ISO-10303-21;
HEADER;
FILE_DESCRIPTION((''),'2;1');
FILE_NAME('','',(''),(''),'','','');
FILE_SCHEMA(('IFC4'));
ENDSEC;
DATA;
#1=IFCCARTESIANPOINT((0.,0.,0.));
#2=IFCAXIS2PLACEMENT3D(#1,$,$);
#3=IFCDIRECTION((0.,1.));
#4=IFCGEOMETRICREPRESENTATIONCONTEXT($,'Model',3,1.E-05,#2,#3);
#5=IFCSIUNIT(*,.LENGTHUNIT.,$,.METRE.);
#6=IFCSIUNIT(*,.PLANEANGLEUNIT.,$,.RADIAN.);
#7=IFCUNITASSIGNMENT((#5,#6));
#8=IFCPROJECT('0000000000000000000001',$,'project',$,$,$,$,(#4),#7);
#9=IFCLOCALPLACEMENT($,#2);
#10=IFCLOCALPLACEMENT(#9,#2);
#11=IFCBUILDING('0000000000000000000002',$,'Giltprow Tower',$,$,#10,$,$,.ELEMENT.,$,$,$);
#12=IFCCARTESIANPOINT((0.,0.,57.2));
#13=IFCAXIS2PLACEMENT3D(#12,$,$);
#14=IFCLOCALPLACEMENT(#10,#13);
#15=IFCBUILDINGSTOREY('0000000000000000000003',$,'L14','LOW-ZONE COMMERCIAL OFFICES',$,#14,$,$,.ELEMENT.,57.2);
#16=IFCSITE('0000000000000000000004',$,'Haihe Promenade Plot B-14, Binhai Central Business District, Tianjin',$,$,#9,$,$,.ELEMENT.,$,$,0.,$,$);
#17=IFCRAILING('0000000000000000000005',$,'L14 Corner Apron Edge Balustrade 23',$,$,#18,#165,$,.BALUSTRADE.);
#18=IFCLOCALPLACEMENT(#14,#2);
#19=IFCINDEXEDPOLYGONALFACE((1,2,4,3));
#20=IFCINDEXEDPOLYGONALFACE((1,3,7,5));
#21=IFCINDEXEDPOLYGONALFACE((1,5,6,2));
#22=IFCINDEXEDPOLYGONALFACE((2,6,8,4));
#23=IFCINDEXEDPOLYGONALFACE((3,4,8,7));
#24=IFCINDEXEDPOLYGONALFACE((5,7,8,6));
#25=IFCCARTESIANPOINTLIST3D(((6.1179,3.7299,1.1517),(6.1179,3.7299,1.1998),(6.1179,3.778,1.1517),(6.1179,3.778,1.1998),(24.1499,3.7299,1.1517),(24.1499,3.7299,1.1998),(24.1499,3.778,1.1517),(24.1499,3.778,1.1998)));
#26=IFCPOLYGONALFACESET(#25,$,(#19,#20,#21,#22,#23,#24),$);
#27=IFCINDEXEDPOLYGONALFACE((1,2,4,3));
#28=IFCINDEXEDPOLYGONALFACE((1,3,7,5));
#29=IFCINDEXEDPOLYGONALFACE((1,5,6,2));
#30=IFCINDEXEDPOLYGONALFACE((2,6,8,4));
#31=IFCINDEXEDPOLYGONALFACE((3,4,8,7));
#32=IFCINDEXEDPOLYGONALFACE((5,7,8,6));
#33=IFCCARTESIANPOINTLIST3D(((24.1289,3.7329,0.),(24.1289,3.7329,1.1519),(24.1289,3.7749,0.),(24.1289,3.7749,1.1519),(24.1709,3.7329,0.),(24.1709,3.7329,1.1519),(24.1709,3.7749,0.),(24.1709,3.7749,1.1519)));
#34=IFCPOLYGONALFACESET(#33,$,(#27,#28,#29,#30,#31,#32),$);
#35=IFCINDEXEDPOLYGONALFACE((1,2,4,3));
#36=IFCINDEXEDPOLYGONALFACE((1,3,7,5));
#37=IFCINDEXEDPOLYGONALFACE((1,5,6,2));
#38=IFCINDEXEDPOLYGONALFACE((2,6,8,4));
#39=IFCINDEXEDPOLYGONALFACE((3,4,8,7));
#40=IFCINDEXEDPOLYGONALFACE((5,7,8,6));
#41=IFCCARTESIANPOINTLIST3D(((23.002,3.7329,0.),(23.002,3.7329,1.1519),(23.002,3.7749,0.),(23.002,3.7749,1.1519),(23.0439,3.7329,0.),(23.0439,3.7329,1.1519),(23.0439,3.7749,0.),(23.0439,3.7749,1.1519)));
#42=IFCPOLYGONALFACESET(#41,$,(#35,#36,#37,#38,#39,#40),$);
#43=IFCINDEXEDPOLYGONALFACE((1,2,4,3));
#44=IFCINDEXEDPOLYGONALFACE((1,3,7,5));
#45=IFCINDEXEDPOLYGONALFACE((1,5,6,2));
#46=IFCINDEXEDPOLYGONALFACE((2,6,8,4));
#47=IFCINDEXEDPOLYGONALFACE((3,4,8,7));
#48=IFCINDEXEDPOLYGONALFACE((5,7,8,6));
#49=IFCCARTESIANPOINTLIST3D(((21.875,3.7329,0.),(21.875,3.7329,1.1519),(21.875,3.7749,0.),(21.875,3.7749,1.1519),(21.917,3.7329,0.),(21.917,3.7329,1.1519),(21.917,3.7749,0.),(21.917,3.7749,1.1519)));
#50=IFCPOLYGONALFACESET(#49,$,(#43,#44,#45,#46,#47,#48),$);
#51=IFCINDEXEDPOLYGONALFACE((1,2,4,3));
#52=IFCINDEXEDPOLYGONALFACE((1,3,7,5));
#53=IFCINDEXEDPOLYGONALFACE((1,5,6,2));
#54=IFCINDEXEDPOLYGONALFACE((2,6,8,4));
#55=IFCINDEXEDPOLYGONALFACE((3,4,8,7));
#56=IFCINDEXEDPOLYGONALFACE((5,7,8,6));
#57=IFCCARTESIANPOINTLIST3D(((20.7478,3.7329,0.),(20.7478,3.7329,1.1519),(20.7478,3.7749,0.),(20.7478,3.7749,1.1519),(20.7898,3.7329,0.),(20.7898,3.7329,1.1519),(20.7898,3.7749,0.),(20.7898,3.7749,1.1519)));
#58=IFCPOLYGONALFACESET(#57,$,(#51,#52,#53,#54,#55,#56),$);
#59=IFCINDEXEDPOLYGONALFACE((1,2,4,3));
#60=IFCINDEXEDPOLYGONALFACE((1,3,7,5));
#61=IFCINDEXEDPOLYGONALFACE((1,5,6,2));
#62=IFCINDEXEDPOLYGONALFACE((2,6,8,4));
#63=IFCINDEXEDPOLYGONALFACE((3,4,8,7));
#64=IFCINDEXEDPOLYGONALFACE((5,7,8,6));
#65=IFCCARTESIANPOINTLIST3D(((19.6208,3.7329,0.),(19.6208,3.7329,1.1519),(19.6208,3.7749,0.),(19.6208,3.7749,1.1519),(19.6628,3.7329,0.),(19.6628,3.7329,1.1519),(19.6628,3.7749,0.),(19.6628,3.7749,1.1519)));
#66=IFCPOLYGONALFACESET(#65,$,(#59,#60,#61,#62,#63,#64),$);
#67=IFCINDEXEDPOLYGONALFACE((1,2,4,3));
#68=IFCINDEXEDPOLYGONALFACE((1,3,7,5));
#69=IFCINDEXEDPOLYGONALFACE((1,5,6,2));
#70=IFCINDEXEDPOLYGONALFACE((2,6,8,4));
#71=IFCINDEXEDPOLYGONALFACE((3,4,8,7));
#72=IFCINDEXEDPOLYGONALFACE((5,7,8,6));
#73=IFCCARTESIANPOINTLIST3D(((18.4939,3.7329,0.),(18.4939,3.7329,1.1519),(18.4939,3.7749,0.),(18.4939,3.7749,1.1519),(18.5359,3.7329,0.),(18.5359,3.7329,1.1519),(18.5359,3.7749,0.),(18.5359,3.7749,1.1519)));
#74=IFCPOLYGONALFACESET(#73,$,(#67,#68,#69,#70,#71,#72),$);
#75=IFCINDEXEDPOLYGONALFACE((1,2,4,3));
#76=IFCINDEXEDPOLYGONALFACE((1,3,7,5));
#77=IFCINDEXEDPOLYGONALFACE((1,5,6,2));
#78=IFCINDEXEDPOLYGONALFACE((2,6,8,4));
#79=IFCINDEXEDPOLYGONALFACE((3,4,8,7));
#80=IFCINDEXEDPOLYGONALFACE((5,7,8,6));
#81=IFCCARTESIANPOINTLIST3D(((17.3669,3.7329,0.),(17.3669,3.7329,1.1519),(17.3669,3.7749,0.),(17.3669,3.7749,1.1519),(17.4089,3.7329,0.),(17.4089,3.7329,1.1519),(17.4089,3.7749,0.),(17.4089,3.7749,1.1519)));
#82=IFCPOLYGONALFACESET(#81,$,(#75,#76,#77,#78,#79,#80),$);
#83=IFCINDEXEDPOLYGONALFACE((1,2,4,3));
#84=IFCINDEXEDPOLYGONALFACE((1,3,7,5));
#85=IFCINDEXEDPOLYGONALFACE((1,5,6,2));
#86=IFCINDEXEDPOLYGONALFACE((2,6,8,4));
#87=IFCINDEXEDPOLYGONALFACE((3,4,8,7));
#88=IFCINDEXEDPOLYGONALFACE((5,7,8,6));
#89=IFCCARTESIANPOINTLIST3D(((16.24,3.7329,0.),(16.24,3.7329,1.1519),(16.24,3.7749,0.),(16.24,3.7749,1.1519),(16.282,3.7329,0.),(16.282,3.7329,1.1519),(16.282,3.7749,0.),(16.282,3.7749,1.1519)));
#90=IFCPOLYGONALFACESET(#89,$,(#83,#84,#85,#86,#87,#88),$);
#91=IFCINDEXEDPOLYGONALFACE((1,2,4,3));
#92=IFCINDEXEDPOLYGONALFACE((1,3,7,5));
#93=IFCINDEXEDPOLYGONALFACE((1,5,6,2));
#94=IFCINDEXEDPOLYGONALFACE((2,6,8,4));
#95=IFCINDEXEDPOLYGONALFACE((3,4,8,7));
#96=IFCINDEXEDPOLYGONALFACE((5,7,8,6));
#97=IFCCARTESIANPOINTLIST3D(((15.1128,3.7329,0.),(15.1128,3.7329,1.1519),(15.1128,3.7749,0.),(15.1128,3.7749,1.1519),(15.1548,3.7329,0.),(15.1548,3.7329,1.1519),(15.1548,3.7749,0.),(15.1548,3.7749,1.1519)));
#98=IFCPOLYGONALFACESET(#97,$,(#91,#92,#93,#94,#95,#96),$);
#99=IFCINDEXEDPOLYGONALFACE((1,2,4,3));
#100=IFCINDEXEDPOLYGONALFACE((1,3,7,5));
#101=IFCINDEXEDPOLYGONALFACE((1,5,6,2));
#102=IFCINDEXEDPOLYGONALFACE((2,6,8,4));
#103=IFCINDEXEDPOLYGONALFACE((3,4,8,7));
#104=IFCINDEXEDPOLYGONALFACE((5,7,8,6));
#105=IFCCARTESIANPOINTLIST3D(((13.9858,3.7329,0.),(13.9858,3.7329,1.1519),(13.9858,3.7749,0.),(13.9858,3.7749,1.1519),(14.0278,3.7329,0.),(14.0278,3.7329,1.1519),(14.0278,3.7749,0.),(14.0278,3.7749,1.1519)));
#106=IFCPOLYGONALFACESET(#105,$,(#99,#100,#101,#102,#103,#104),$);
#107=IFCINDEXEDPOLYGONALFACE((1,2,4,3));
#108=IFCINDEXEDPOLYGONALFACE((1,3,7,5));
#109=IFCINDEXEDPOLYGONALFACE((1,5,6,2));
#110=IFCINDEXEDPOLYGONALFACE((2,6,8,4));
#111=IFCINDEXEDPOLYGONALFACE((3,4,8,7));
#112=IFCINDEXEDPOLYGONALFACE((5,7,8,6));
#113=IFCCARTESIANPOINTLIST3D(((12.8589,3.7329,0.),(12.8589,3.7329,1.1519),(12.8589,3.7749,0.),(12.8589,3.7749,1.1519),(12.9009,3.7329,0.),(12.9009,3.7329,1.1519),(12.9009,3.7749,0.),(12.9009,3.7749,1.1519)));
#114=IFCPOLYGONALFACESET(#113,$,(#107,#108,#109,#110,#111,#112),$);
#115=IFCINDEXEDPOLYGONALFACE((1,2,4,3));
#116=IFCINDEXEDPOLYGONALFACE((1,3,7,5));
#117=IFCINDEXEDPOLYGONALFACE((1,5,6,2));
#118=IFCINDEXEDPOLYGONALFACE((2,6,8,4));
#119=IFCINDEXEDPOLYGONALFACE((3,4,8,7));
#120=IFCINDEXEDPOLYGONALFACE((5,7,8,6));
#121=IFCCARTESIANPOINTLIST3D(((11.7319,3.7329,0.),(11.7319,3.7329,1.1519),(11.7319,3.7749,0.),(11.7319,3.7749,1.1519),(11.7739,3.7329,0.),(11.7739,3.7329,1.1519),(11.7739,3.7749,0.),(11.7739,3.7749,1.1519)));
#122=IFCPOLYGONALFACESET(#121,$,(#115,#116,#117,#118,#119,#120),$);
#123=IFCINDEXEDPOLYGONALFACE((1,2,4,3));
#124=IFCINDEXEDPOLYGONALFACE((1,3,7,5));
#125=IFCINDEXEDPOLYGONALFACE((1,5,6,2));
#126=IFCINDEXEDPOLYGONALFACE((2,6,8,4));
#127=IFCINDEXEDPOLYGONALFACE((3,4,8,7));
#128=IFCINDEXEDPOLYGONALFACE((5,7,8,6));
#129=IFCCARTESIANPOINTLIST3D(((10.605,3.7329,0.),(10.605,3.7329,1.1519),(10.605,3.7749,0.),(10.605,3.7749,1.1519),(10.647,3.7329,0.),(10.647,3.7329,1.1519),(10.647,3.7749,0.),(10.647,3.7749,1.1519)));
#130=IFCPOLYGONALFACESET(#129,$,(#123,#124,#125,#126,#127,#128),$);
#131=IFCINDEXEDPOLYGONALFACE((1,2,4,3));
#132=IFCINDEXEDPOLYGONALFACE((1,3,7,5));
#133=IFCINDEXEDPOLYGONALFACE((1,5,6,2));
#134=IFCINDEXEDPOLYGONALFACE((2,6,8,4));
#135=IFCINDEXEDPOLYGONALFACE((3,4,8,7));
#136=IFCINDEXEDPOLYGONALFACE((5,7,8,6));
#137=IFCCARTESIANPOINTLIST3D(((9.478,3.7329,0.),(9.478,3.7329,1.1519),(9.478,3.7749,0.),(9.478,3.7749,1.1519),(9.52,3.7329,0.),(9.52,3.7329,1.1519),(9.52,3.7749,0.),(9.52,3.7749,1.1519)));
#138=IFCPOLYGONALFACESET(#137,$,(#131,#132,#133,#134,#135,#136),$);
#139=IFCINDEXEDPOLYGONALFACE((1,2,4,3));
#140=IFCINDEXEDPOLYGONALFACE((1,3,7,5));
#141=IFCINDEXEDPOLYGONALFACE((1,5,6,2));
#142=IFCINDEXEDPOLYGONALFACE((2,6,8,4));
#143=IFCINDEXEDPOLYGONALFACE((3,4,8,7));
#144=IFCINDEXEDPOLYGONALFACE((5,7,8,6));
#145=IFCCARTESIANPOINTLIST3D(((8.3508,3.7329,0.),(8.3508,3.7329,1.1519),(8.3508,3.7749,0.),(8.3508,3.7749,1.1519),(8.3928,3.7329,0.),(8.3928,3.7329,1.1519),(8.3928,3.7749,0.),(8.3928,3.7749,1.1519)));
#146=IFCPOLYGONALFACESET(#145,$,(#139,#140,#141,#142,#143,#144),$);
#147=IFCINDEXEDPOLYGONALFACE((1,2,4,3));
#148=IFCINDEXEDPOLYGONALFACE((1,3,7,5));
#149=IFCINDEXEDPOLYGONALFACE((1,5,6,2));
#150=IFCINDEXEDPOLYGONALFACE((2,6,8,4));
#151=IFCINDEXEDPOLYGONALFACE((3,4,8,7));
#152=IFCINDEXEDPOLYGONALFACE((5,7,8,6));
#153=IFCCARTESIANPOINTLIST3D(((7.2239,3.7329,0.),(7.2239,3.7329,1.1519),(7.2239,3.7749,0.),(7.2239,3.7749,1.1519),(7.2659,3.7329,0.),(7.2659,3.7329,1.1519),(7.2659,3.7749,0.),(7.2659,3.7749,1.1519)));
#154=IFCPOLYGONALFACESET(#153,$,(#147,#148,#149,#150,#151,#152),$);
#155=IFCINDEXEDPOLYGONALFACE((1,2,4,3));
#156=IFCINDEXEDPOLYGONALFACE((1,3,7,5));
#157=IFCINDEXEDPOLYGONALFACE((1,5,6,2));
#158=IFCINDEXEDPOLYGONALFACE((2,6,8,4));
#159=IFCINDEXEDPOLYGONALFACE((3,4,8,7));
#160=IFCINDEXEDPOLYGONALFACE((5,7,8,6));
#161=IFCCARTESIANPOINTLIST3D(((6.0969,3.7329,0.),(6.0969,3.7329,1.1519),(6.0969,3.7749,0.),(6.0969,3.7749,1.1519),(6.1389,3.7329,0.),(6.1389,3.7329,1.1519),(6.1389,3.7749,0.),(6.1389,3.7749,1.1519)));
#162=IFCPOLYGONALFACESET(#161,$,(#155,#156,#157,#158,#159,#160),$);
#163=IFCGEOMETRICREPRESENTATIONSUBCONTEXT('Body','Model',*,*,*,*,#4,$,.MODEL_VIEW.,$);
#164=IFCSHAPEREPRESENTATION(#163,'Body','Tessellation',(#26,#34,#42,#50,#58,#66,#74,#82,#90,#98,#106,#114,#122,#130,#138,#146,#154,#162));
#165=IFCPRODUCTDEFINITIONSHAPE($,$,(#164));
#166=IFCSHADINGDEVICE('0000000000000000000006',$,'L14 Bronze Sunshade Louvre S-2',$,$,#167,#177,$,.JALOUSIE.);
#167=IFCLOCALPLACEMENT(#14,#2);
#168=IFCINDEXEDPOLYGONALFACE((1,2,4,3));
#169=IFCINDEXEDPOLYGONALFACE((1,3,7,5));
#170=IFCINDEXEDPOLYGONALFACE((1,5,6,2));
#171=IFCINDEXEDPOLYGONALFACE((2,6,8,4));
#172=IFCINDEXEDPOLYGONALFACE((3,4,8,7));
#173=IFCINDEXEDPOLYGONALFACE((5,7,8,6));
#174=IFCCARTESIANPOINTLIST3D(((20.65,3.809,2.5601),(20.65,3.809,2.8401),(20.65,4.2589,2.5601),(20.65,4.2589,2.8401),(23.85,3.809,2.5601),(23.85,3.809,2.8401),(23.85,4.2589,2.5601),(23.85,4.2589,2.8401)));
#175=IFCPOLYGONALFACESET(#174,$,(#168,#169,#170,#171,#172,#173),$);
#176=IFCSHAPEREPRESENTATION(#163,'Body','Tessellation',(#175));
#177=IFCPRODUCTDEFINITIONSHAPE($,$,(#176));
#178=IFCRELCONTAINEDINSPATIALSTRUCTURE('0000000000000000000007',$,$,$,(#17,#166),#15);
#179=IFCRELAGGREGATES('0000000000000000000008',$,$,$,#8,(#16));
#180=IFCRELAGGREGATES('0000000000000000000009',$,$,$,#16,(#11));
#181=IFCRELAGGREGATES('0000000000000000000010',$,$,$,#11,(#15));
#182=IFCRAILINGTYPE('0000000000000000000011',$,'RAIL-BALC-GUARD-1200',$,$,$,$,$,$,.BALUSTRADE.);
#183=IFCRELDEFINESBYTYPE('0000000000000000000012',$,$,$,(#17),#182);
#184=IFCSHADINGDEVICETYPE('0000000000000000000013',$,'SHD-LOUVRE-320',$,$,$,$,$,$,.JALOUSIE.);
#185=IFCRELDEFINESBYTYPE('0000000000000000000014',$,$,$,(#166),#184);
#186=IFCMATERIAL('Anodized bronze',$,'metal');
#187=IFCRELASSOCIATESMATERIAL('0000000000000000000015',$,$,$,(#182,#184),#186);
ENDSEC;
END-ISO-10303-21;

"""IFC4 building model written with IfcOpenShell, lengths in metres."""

from ifc_helpers import new_model, si_unit, direction, frame, origin, origin_2d, place, context, subcontext, project, spatial, rectangle, extrude, source, transform, mapped, material, type_object, element, save


model = new_model("IFC4")

# Units and contexts
model_context = context("Model", 3, precision=1e-05, world=origin(), true_north=direction((0.0, 1.0)))
body_context = subcontext(model_context, "Body", "Model", "MODEL_VIEW")
ifc_project = project(units=[si_unit("LENGTHUNIT", "METRE"), si_unit("PLANEANGLEUNIT", "RADIAN")], contexts=[model_context])

# Site, building, storey
site_placement = place(None, origin())
site = spatial("IfcSite", under=ifc_project, at=site_placement, Name="Haihe Promenade Plot B-14, Binhai Central Business District, Tianjin", CompositionType="ELEMENT", RefElevation=0.0)
building_placement = place(site_placement, origin())
building = spatial("IfcBuilding", under=site, at=building_placement, Name="Giltprow Tower", CompositionType="ELEMENT")
storey_placement = place(building_placement, frame((0.0, 0.0, 57.2)))
storey = spatial("IfcBuildingStorey", under=building, at=storey_placement, Name="L14", Description="LOW-ZONE COMMERCIAL OFFICES", CompositionType="ELEMENT", Elevation=57.2)

# Railing
ifc_material_1 = material(Name="Anodized bronze", Category="metal")
railing_type = type_object("IfcRailingType", Name="RAIL-BALC-GUARD-1200", PredefinedType="BALUSTRADE", material=ifc_material_1)
railing_1_placement = place(storey_placement, frame((24.1499, 3.7539, 0.0)))
element("IfcRailing", 1, at=railing_1_placement, inside=storey, type_object=railing_type, Name="L14 Corner Apron Edge Balustrade 23", PredefinedType="BALUSTRADE", context=body_context, shape_type="SweptSolid", body=[
    extrude(rectangle(XDim=0.0481, YDim=0.0481, at=origin_2d()), frame((0.0, 0.0, 1.1758), z_axis=(-1.0, 0.0, 0.0), x_axis=(0.0, -1.0, 0.0)), (0.0, 0.0, 1.0), 18.032),
    extrude(rectangle(XDim=0.042, YDim=0.042, at=origin_2d()), origin(), (0.0, 0.0, 1.0), 1.1519),
    extrude(rectangle(XDim=0.042, YDim=0.042, at=origin_2d()), frame((-1.127, 0.0, 0.0)), (0.0, 0.0, 1.0), 1.1519),
    extrude(rectangle(XDim=0.042, YDim=0.042, at=origin_2d()), frame((-2.2539, 0.0, 0.0)), (0.0, 0.0, 1.0), 1.1519),
    extrude(rectangle(XDim=0.042, YDim=0.042, at=origin_2d()), frame((-3.3811, 0.0, 0.0)), (0.0, 0.0, 1.0), 1.1519),
    extrude(rectangle(XDim=0.042, YDim=0.042, at=origin_2d()), frame((-4.5081, 0.0, 0.0)), (0.0, 0.0, 1.0), 1.1519),
    extrude(rectangle(XDim=0.042, YDim=0.042, at=origin_2d()), frame((-5.635, 0.0, 0.0)), (0.0, 0.0, 1.0), 1.1519),
    extrude(rectangle(XDim=0.042, YDim=0.042, at=origin_2d()), frame((-6.762, 0.0, 0.0)), (0.0, 0.0, 1.0), 1.1519),
    extrude(rectangle(XDim=0.042, YDim=0.042, at=origin_2d()), frame((-7.8889, 0.0, 0.0)), (0.0, 0.0, 1.0), 1.1519),
    extrude(rectangle(XDim=0.042, YDim=0.042, at=origin_2d()), frame((-9.0161, 0.0, 0.0)), (0.0, 0.0, 1.0), 1.1519),
    extrude(rectangle(XDim=0.042, YDim=0.042, at=origin_2d()), frame((-10.1431, 0.0, 0.0)), (0.0, 0.0, 1.0), 1.1519),
    extrude(rectangle(XDim=0.042, YDim=0.042, at=origin_2d()), frame((-11.27, 0.0, 0.0)), (0.0, 0.0, 1.0), 1.1519),
    extrude(rectangle(XDim=0.042, YDim=0.042, at=origin_2d()), frame((-12.397, 0.0, 0.0)), (0.0, 0.0, 1.0), 1.1519),
    extrude(rectangle(XDim=0.042, YDim=0.042, at=origin_2d()), frame((-13.5239, 0.0, 0.0)), (0.0, 0.0, 1.0), 1.1519),
    extrude(rectangle(XDim=0.042, YDim=0.042, at=origin_2d()), frame((-14.6509, 0.0, 0.0)), (0.0, 0.0, 1.0), 1.1519),
    extrude(rectangle(XDim=0.042, YDim=0.042, at=origin_2d()), frame((-15.7781, 0.0, 0.0)), (0.0, 0.0, 1.0), 1.1519),
    extrude(rectangle(XDim=0.042, YDim=0.042, at=origin_2d()), frame((-16.905, 0.0, 0.0)), (0.0, 0.0, 1.0), 1.1519),
    extrude(rectangle(XDim=0.042, YDim=0.042, at=origin_2d()), frame((-18.032, 0.0, 0.0)), (0.0, 0.0, 1.0), 1.1519),
])

# Shading device
shading_device_type = type_object("IfcShadingDeviceType", Name="SHD-LOUVRE-320", PredefinedType="JALOUSIE", material=ifc_material_1)
shared_shape_1 = source(origin(), body_context, "Body", "SweptSolid", [
    extrude(rectangle(XDim=3.2, YDim=0.45, at=origin_2d()), origin(), (0.0, 0.0, 1.0), 0.28),
])
shading_device_placement = place(storey_placement, frame((22.25, 4.0339, 2.5601), z_axis=(0.0, 0.0, 1.0), x_axis=(1.0, 0.0, 0.0)))
element("IfcShadingDevice", 2, at=shading_device_placement, inside=storey, type_object=shading_device_type, Name="L14 Bronze Sunshade Louvre S-2", PredefinedType="JALOUSIE", context=body_context, shape_type="MappedRepresentation", body=[
    mapped(shared_shape_1, transform((0.0, 0.0, 0.0), x_axis=(1.0, 0.0, 0.0), y_axis=(0.0, 1.0, 0.0), z_axis=(0.0, 0.0, 1.0), scale=1.0)),
])

save(model, "model.ifc")
